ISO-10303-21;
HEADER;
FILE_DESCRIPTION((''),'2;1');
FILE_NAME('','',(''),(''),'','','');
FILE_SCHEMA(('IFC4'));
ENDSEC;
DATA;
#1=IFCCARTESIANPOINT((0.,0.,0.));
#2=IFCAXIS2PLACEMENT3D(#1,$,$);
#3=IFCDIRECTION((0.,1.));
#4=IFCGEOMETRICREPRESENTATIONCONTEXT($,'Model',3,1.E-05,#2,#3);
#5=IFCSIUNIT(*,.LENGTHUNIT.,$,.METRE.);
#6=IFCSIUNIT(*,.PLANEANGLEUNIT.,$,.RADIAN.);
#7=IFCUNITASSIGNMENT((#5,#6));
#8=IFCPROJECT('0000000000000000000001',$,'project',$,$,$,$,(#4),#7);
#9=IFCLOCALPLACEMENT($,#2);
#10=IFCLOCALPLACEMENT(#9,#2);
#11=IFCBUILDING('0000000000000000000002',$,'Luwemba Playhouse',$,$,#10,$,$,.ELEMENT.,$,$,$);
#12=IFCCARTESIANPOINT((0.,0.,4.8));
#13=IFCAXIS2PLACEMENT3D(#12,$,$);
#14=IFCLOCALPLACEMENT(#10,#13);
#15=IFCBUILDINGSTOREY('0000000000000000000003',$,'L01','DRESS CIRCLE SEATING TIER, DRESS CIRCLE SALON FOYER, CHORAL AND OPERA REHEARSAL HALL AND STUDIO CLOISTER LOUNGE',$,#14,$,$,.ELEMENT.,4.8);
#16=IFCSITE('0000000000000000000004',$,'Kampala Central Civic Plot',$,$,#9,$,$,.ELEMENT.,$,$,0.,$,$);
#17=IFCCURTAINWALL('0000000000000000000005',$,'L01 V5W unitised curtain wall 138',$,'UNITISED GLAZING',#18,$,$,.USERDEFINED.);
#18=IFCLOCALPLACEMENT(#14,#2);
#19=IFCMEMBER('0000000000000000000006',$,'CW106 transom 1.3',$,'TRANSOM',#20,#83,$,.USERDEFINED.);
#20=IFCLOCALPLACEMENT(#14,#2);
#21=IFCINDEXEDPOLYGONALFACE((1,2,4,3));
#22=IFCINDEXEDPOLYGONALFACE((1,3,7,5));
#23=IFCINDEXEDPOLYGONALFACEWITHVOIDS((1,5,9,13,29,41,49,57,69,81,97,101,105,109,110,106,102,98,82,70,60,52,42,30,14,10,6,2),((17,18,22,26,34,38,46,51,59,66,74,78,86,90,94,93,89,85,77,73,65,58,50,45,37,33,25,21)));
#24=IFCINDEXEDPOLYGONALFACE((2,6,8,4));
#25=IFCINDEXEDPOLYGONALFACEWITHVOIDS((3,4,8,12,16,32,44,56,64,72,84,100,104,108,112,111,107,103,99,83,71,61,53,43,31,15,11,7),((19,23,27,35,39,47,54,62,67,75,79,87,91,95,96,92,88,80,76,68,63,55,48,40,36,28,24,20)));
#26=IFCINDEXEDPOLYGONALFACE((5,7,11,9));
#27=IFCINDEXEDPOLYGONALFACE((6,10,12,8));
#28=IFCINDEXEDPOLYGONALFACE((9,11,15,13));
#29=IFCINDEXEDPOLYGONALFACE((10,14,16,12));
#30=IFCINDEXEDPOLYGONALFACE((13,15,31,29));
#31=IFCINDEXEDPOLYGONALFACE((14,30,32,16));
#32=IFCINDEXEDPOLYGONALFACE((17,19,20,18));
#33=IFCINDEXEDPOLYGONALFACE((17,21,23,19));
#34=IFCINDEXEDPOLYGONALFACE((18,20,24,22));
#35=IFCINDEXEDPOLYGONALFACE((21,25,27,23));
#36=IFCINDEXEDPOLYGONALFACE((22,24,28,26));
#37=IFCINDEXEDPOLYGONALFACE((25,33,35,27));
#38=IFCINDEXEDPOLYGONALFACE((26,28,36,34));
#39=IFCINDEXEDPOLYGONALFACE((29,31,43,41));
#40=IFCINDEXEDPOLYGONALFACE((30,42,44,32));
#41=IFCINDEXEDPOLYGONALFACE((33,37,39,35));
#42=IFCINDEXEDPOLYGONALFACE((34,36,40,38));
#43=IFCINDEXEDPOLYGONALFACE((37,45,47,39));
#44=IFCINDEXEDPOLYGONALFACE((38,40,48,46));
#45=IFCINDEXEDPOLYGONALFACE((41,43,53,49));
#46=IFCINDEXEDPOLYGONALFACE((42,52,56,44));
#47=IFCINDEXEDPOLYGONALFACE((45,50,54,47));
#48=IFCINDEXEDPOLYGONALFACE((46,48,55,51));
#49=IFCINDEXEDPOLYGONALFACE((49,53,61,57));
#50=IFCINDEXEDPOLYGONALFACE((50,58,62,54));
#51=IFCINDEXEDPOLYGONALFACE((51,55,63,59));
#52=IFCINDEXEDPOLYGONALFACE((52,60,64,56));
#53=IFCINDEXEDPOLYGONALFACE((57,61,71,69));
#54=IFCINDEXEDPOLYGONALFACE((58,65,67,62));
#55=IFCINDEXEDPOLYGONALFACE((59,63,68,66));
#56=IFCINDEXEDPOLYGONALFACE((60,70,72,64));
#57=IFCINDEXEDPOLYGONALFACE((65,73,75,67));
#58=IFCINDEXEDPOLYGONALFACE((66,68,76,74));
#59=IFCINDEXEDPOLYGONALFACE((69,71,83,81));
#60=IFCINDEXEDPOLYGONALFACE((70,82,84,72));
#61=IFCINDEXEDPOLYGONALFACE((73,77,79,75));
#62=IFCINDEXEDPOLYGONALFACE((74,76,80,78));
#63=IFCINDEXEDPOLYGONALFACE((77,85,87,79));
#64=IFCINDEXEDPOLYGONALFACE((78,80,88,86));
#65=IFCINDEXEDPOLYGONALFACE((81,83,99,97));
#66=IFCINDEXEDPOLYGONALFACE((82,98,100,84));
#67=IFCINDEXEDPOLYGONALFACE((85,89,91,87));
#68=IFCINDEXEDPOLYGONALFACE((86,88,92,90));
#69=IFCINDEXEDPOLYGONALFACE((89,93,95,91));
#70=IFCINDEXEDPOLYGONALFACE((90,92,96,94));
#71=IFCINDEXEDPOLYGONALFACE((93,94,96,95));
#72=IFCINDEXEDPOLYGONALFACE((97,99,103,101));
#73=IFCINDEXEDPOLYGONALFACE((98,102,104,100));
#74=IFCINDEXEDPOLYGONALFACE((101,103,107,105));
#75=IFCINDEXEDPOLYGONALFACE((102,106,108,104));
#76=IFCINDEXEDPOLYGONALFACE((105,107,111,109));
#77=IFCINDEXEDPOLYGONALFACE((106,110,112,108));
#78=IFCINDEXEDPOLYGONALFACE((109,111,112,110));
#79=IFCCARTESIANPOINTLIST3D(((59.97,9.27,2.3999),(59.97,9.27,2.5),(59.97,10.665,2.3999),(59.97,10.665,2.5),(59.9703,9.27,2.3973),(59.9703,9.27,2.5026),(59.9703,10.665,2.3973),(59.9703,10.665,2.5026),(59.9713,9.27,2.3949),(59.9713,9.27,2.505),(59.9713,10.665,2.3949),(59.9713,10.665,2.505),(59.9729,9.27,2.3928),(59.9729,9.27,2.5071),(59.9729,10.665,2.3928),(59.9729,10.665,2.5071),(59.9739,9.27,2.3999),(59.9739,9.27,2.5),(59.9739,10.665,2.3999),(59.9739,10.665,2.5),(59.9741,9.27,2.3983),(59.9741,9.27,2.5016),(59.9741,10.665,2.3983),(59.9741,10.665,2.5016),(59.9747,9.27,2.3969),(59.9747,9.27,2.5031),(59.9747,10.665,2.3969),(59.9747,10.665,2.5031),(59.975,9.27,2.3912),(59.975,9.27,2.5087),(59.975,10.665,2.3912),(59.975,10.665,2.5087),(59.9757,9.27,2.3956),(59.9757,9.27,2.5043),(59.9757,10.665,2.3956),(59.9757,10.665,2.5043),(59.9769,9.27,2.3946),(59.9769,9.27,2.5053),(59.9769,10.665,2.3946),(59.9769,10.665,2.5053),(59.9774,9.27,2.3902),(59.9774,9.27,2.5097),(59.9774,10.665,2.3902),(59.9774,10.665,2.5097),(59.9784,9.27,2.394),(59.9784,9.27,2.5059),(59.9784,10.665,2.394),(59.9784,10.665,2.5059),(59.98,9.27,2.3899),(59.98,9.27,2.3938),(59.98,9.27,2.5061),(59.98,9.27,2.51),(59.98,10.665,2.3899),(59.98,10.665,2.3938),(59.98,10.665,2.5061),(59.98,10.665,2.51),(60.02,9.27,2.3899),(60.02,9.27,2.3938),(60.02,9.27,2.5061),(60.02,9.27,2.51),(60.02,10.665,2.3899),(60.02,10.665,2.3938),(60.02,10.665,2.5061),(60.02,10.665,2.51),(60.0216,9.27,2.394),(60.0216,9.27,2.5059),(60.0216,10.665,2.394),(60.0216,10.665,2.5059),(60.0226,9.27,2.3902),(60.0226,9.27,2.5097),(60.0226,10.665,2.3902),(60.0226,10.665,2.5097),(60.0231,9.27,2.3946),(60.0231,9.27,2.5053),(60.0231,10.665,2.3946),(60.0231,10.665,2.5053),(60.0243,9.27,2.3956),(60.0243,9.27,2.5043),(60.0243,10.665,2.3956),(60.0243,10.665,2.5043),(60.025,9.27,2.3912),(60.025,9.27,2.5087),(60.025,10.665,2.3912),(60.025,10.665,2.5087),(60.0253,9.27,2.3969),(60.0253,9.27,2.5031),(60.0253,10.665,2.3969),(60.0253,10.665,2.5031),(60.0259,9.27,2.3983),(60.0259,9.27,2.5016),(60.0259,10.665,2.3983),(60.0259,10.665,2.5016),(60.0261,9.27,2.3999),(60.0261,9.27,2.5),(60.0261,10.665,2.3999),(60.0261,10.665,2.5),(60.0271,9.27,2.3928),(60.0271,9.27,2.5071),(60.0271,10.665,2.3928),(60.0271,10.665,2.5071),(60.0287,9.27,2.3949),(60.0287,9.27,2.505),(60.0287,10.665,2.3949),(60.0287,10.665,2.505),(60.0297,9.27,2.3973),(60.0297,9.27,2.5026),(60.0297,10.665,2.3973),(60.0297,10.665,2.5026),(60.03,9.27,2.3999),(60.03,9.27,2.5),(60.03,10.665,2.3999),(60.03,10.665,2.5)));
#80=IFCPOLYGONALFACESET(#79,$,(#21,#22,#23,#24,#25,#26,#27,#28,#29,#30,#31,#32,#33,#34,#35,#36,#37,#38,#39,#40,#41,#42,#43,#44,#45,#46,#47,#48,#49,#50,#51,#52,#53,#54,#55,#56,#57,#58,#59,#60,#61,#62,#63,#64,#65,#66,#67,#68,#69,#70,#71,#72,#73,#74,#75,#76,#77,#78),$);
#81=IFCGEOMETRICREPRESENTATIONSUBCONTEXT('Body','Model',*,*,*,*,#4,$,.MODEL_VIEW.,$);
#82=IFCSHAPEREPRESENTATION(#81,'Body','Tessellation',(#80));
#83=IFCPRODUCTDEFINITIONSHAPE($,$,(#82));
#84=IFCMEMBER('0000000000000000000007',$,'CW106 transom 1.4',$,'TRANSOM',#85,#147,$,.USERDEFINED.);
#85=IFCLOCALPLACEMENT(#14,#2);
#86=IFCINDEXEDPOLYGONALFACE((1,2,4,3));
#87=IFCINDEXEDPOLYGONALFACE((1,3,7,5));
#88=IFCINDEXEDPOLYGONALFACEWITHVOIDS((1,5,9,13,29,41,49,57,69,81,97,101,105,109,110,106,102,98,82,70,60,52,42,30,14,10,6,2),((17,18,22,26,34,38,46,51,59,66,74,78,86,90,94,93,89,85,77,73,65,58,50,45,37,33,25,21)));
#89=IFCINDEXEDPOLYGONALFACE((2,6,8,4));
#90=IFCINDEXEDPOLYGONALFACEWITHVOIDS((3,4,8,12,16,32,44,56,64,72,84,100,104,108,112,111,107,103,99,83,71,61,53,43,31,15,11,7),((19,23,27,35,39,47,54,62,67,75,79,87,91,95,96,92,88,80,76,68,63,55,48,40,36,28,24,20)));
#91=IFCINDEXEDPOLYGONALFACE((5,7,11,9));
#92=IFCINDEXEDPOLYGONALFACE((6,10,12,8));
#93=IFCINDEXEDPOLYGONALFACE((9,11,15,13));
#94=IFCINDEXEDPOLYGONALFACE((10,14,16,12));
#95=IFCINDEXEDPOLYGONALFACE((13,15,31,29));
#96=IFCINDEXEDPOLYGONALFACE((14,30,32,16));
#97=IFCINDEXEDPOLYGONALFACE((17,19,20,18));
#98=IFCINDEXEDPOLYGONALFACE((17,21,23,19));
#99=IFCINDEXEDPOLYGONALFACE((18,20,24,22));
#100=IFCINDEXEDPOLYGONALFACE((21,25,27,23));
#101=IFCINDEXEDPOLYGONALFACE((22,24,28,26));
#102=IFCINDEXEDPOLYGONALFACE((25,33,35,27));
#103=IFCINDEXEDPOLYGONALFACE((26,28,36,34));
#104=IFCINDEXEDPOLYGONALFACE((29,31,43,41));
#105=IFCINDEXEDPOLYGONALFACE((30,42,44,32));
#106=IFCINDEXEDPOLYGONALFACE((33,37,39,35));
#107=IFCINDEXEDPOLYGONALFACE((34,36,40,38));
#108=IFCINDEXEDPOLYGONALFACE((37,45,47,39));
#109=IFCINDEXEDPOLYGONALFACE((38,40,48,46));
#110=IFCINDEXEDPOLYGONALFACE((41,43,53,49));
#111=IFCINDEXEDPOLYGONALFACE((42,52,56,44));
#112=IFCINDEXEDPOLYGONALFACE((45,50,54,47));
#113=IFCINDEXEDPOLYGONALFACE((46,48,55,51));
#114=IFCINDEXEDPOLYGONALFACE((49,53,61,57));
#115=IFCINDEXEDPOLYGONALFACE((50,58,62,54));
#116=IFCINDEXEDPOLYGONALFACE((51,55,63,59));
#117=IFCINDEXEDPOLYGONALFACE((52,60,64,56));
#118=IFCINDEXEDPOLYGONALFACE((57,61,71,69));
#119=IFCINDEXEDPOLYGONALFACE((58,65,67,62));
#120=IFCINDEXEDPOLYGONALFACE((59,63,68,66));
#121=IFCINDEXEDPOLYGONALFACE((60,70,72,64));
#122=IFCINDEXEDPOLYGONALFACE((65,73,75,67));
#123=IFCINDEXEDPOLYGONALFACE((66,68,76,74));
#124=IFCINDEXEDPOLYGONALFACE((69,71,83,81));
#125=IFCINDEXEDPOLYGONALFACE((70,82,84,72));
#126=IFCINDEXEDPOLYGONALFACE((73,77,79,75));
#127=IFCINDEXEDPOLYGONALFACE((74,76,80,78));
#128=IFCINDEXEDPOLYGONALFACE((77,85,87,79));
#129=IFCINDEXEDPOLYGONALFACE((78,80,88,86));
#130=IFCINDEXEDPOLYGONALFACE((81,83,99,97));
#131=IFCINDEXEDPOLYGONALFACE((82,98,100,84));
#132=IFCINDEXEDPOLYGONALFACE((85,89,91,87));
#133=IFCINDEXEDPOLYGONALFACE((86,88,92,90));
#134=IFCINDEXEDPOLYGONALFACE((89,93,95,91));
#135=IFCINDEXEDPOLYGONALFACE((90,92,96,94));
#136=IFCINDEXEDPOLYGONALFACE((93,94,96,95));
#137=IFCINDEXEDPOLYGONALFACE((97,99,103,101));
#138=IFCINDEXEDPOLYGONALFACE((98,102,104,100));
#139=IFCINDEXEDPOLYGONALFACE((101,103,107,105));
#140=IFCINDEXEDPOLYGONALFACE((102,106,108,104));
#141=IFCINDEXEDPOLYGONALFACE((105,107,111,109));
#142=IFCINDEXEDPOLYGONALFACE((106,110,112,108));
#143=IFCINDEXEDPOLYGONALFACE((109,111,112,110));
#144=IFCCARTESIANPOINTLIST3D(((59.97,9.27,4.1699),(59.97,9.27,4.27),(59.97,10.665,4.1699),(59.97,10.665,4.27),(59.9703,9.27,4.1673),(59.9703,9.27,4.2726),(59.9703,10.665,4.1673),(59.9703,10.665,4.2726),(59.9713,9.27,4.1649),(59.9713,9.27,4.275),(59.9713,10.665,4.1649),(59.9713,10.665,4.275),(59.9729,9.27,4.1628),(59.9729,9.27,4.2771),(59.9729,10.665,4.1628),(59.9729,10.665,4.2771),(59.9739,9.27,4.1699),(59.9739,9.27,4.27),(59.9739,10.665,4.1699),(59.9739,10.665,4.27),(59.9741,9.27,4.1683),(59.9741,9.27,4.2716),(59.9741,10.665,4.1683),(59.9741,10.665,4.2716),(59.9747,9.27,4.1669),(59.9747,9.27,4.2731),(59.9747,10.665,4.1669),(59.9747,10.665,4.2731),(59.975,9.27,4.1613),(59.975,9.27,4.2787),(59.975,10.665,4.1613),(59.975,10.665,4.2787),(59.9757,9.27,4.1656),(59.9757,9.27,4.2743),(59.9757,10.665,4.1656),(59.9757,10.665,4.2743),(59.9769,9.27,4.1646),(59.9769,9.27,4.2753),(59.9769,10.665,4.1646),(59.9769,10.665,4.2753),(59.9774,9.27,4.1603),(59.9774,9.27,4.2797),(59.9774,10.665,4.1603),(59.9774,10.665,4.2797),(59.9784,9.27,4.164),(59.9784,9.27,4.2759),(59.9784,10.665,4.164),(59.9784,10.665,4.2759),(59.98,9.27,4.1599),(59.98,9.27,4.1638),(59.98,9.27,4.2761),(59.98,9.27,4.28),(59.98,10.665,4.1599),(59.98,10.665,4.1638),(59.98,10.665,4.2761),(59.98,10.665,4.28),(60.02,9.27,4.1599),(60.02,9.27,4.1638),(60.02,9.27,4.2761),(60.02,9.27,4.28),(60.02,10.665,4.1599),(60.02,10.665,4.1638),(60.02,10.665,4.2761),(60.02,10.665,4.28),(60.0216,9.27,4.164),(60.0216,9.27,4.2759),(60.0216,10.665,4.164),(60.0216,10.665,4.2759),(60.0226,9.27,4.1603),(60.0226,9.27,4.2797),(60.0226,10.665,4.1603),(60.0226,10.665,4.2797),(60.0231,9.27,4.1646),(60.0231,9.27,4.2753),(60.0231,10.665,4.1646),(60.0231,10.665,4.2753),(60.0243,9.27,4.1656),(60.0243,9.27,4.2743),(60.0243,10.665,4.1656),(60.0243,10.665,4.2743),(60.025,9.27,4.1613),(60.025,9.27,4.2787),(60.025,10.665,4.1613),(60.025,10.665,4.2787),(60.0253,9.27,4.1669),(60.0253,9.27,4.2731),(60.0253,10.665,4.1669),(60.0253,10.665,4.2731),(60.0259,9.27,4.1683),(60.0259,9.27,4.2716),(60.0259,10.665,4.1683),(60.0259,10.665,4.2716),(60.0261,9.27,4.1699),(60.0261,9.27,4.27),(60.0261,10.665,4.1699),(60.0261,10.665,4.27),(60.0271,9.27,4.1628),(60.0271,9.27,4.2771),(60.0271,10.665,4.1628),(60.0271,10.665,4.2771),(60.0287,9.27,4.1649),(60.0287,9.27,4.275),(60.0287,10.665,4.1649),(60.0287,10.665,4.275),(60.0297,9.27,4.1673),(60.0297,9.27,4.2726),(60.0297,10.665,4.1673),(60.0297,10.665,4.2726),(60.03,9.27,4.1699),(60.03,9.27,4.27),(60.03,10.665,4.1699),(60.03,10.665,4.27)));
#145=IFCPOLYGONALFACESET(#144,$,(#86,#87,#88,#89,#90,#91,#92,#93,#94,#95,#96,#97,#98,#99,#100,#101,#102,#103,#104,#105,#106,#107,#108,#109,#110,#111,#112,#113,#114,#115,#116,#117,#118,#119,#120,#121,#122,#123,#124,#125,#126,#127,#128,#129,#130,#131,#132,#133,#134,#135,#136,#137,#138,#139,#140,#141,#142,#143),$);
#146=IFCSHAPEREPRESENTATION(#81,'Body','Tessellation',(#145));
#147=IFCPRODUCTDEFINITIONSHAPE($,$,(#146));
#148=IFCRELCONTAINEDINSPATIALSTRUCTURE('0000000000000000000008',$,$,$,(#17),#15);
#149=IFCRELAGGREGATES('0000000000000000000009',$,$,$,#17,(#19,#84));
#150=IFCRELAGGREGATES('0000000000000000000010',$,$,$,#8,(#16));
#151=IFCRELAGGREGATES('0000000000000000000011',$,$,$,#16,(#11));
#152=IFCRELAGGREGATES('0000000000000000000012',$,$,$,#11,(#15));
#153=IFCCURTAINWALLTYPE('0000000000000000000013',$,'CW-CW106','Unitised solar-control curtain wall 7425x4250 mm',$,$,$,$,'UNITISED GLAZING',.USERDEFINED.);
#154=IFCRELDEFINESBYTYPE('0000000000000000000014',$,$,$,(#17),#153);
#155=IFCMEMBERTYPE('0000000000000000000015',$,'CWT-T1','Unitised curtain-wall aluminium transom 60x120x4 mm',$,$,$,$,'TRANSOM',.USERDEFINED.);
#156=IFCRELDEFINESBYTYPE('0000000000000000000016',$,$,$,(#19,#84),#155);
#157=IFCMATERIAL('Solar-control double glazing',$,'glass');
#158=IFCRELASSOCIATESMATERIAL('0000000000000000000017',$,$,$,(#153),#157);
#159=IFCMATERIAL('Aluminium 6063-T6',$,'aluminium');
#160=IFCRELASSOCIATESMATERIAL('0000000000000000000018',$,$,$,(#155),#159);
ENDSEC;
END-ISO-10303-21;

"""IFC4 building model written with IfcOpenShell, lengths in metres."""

from ifc_helpers import new_model, si_unit, direction, frame, origin, origin_2d, place, context, subcontext, project, spatial, hollow_rectangle, extrude, material, material_profile, profile_set, type_object, element, aggregate, save


model = new_model("IFC4")

# Units and contexts
model_context = context("Model", 3, precision=1e-05, world=origin(), true_north=direction((0.0, 1.0)))
body_context = subcontext(model_context, "Body", "Model", "MODEL_VIEW")
ifc_project = project(units=[si_unit("LENGTHUNIT", "METRE"), si_unit("PLANEANGLEUNIT", "RADIAN")], contexts=[model_context])

# Site, building, storey
site_placement = place(None, origin())
site = spatial("IfcSite", under=ifc_project, at=site_placement, Name="Kampala Central Civic Plot", CompositionType="ELEMENT", RefElevation=0.0)
building_placement = place(site_placement, origin())
building = spatial("IfcBuilding", under=site, at=building_placement, Name="Luwemba Playhouse", CompositionType="ELEMENT")
storey_placement = place(building_placement, frame((0.0, 0.0, 4.8)))
storey = spatial("IfcBuildingStorey", under=building, at=storey_placement, Name="L01", Description="DRESS CIRCLE SEATING TIER, DRESS CIRCLE SALON FOYER, CHORAL AND OPERA REHEARSAL HALL AND STUDIO CLOISTER LOUNGE", CompositionType="ELEMENT", Elevation=4.8)

# Curtain wall, members
ifc_material_1 = material(Name="Solar-control double glazing", Category="glass")
curtain_wall_type = type_object("IfcCurtainWallType", Name="CW-CW106", Description="Unitised solar-control curtain wall 7425x4250 mm", ElementType="UNITISED GLAZING", PredefinedType="USERDEFINED", material=ifc_material_1)
curtain_wall_placement = place(storey_placement, origin())
curtain_wall = element("IfcCurtainWall", 1, at=curtain_wall_placement, inside=storey, type_object=curtain_wall_type, Name="L01 V5W unitised curtain wall 138", ObjectType="UNITISED GLAZING", PredefinedType="USERDEFINED")
ifc_material_2 = material(Name="Aluminium 6063-T6", Category="aluminium")
ifc_material_profile_1 = material_profile(ifc_material_2, hollow_rectangle(XDim=0.0601, YDim=0.1201, WallThickness=0.0039, InnerFilletRadius=0.0061, OuterFilletRadius=0.01, at=origin_2d()))
ifc_profile_set_1 = profile_set([ifc_material_profile_1], Name="Aluminium 6063-T6")
member_type_1 = type_object("IfcMemberType", Name="CWT-T1", Description="Unitised curtain-wall aluminium transom 60x120x4 mm", ElementType="TRANSOM", PredefinedType="USERDEFINED", material=ifc_profile_set_1)
member_1_placement = place(storey_placement, frame((60.0, 10.665, 2.45), z_axis=(0.0, -1.0, 0.0), x_axis=(1.0, 0.0, 0.0)))
member_1 = element("IfcMember", 2, at=member_1_placement, type_object=member_type_1, Name="CW106 transom 1.3", ObjectType="TRANSOM", PredefinedType="USERDEFINED", context=body_context, shape_type="SweptSolid", body=[
    extrude(hollow_rectangle(XDim=0.0601, YDim=0.1201, WallThickness=0.0039, InnerFilletRadius=0.0061, OuterFilletRadius=0.01, at=origin_2d()), origin(), (0.0, 0.0, 1.0), 1.395),
])
member_2_placement = place(storey_placement, frame((60.0, 10.665, 4.22), z_axis=(0.0, -1.0, 0.0), x_axis=(1.0, 0.0, 0.0)))
member_2 = element("IfcMember", 3, at=member_2_placement, type_object=member_type_1, Name="CW106 transom 1.4", ObjectType="TRANSOM", PredefinedType="USERDEFINED", context=body_context, shape_type="SweptSolid", body=[
    extrude(hollow_rectangle(XDim=0.0601, YDim=0.1201, WallThickness=0.0039, InnerFilletRadius=0.0061, OuterFilletRadius=0.01, at=origin_2d()), origin(), (0.0, 0.0, 1.0), 1.395),
])
aggregate(curtain_wall, [member_1, member_2])

save(model, "model.ifc")
